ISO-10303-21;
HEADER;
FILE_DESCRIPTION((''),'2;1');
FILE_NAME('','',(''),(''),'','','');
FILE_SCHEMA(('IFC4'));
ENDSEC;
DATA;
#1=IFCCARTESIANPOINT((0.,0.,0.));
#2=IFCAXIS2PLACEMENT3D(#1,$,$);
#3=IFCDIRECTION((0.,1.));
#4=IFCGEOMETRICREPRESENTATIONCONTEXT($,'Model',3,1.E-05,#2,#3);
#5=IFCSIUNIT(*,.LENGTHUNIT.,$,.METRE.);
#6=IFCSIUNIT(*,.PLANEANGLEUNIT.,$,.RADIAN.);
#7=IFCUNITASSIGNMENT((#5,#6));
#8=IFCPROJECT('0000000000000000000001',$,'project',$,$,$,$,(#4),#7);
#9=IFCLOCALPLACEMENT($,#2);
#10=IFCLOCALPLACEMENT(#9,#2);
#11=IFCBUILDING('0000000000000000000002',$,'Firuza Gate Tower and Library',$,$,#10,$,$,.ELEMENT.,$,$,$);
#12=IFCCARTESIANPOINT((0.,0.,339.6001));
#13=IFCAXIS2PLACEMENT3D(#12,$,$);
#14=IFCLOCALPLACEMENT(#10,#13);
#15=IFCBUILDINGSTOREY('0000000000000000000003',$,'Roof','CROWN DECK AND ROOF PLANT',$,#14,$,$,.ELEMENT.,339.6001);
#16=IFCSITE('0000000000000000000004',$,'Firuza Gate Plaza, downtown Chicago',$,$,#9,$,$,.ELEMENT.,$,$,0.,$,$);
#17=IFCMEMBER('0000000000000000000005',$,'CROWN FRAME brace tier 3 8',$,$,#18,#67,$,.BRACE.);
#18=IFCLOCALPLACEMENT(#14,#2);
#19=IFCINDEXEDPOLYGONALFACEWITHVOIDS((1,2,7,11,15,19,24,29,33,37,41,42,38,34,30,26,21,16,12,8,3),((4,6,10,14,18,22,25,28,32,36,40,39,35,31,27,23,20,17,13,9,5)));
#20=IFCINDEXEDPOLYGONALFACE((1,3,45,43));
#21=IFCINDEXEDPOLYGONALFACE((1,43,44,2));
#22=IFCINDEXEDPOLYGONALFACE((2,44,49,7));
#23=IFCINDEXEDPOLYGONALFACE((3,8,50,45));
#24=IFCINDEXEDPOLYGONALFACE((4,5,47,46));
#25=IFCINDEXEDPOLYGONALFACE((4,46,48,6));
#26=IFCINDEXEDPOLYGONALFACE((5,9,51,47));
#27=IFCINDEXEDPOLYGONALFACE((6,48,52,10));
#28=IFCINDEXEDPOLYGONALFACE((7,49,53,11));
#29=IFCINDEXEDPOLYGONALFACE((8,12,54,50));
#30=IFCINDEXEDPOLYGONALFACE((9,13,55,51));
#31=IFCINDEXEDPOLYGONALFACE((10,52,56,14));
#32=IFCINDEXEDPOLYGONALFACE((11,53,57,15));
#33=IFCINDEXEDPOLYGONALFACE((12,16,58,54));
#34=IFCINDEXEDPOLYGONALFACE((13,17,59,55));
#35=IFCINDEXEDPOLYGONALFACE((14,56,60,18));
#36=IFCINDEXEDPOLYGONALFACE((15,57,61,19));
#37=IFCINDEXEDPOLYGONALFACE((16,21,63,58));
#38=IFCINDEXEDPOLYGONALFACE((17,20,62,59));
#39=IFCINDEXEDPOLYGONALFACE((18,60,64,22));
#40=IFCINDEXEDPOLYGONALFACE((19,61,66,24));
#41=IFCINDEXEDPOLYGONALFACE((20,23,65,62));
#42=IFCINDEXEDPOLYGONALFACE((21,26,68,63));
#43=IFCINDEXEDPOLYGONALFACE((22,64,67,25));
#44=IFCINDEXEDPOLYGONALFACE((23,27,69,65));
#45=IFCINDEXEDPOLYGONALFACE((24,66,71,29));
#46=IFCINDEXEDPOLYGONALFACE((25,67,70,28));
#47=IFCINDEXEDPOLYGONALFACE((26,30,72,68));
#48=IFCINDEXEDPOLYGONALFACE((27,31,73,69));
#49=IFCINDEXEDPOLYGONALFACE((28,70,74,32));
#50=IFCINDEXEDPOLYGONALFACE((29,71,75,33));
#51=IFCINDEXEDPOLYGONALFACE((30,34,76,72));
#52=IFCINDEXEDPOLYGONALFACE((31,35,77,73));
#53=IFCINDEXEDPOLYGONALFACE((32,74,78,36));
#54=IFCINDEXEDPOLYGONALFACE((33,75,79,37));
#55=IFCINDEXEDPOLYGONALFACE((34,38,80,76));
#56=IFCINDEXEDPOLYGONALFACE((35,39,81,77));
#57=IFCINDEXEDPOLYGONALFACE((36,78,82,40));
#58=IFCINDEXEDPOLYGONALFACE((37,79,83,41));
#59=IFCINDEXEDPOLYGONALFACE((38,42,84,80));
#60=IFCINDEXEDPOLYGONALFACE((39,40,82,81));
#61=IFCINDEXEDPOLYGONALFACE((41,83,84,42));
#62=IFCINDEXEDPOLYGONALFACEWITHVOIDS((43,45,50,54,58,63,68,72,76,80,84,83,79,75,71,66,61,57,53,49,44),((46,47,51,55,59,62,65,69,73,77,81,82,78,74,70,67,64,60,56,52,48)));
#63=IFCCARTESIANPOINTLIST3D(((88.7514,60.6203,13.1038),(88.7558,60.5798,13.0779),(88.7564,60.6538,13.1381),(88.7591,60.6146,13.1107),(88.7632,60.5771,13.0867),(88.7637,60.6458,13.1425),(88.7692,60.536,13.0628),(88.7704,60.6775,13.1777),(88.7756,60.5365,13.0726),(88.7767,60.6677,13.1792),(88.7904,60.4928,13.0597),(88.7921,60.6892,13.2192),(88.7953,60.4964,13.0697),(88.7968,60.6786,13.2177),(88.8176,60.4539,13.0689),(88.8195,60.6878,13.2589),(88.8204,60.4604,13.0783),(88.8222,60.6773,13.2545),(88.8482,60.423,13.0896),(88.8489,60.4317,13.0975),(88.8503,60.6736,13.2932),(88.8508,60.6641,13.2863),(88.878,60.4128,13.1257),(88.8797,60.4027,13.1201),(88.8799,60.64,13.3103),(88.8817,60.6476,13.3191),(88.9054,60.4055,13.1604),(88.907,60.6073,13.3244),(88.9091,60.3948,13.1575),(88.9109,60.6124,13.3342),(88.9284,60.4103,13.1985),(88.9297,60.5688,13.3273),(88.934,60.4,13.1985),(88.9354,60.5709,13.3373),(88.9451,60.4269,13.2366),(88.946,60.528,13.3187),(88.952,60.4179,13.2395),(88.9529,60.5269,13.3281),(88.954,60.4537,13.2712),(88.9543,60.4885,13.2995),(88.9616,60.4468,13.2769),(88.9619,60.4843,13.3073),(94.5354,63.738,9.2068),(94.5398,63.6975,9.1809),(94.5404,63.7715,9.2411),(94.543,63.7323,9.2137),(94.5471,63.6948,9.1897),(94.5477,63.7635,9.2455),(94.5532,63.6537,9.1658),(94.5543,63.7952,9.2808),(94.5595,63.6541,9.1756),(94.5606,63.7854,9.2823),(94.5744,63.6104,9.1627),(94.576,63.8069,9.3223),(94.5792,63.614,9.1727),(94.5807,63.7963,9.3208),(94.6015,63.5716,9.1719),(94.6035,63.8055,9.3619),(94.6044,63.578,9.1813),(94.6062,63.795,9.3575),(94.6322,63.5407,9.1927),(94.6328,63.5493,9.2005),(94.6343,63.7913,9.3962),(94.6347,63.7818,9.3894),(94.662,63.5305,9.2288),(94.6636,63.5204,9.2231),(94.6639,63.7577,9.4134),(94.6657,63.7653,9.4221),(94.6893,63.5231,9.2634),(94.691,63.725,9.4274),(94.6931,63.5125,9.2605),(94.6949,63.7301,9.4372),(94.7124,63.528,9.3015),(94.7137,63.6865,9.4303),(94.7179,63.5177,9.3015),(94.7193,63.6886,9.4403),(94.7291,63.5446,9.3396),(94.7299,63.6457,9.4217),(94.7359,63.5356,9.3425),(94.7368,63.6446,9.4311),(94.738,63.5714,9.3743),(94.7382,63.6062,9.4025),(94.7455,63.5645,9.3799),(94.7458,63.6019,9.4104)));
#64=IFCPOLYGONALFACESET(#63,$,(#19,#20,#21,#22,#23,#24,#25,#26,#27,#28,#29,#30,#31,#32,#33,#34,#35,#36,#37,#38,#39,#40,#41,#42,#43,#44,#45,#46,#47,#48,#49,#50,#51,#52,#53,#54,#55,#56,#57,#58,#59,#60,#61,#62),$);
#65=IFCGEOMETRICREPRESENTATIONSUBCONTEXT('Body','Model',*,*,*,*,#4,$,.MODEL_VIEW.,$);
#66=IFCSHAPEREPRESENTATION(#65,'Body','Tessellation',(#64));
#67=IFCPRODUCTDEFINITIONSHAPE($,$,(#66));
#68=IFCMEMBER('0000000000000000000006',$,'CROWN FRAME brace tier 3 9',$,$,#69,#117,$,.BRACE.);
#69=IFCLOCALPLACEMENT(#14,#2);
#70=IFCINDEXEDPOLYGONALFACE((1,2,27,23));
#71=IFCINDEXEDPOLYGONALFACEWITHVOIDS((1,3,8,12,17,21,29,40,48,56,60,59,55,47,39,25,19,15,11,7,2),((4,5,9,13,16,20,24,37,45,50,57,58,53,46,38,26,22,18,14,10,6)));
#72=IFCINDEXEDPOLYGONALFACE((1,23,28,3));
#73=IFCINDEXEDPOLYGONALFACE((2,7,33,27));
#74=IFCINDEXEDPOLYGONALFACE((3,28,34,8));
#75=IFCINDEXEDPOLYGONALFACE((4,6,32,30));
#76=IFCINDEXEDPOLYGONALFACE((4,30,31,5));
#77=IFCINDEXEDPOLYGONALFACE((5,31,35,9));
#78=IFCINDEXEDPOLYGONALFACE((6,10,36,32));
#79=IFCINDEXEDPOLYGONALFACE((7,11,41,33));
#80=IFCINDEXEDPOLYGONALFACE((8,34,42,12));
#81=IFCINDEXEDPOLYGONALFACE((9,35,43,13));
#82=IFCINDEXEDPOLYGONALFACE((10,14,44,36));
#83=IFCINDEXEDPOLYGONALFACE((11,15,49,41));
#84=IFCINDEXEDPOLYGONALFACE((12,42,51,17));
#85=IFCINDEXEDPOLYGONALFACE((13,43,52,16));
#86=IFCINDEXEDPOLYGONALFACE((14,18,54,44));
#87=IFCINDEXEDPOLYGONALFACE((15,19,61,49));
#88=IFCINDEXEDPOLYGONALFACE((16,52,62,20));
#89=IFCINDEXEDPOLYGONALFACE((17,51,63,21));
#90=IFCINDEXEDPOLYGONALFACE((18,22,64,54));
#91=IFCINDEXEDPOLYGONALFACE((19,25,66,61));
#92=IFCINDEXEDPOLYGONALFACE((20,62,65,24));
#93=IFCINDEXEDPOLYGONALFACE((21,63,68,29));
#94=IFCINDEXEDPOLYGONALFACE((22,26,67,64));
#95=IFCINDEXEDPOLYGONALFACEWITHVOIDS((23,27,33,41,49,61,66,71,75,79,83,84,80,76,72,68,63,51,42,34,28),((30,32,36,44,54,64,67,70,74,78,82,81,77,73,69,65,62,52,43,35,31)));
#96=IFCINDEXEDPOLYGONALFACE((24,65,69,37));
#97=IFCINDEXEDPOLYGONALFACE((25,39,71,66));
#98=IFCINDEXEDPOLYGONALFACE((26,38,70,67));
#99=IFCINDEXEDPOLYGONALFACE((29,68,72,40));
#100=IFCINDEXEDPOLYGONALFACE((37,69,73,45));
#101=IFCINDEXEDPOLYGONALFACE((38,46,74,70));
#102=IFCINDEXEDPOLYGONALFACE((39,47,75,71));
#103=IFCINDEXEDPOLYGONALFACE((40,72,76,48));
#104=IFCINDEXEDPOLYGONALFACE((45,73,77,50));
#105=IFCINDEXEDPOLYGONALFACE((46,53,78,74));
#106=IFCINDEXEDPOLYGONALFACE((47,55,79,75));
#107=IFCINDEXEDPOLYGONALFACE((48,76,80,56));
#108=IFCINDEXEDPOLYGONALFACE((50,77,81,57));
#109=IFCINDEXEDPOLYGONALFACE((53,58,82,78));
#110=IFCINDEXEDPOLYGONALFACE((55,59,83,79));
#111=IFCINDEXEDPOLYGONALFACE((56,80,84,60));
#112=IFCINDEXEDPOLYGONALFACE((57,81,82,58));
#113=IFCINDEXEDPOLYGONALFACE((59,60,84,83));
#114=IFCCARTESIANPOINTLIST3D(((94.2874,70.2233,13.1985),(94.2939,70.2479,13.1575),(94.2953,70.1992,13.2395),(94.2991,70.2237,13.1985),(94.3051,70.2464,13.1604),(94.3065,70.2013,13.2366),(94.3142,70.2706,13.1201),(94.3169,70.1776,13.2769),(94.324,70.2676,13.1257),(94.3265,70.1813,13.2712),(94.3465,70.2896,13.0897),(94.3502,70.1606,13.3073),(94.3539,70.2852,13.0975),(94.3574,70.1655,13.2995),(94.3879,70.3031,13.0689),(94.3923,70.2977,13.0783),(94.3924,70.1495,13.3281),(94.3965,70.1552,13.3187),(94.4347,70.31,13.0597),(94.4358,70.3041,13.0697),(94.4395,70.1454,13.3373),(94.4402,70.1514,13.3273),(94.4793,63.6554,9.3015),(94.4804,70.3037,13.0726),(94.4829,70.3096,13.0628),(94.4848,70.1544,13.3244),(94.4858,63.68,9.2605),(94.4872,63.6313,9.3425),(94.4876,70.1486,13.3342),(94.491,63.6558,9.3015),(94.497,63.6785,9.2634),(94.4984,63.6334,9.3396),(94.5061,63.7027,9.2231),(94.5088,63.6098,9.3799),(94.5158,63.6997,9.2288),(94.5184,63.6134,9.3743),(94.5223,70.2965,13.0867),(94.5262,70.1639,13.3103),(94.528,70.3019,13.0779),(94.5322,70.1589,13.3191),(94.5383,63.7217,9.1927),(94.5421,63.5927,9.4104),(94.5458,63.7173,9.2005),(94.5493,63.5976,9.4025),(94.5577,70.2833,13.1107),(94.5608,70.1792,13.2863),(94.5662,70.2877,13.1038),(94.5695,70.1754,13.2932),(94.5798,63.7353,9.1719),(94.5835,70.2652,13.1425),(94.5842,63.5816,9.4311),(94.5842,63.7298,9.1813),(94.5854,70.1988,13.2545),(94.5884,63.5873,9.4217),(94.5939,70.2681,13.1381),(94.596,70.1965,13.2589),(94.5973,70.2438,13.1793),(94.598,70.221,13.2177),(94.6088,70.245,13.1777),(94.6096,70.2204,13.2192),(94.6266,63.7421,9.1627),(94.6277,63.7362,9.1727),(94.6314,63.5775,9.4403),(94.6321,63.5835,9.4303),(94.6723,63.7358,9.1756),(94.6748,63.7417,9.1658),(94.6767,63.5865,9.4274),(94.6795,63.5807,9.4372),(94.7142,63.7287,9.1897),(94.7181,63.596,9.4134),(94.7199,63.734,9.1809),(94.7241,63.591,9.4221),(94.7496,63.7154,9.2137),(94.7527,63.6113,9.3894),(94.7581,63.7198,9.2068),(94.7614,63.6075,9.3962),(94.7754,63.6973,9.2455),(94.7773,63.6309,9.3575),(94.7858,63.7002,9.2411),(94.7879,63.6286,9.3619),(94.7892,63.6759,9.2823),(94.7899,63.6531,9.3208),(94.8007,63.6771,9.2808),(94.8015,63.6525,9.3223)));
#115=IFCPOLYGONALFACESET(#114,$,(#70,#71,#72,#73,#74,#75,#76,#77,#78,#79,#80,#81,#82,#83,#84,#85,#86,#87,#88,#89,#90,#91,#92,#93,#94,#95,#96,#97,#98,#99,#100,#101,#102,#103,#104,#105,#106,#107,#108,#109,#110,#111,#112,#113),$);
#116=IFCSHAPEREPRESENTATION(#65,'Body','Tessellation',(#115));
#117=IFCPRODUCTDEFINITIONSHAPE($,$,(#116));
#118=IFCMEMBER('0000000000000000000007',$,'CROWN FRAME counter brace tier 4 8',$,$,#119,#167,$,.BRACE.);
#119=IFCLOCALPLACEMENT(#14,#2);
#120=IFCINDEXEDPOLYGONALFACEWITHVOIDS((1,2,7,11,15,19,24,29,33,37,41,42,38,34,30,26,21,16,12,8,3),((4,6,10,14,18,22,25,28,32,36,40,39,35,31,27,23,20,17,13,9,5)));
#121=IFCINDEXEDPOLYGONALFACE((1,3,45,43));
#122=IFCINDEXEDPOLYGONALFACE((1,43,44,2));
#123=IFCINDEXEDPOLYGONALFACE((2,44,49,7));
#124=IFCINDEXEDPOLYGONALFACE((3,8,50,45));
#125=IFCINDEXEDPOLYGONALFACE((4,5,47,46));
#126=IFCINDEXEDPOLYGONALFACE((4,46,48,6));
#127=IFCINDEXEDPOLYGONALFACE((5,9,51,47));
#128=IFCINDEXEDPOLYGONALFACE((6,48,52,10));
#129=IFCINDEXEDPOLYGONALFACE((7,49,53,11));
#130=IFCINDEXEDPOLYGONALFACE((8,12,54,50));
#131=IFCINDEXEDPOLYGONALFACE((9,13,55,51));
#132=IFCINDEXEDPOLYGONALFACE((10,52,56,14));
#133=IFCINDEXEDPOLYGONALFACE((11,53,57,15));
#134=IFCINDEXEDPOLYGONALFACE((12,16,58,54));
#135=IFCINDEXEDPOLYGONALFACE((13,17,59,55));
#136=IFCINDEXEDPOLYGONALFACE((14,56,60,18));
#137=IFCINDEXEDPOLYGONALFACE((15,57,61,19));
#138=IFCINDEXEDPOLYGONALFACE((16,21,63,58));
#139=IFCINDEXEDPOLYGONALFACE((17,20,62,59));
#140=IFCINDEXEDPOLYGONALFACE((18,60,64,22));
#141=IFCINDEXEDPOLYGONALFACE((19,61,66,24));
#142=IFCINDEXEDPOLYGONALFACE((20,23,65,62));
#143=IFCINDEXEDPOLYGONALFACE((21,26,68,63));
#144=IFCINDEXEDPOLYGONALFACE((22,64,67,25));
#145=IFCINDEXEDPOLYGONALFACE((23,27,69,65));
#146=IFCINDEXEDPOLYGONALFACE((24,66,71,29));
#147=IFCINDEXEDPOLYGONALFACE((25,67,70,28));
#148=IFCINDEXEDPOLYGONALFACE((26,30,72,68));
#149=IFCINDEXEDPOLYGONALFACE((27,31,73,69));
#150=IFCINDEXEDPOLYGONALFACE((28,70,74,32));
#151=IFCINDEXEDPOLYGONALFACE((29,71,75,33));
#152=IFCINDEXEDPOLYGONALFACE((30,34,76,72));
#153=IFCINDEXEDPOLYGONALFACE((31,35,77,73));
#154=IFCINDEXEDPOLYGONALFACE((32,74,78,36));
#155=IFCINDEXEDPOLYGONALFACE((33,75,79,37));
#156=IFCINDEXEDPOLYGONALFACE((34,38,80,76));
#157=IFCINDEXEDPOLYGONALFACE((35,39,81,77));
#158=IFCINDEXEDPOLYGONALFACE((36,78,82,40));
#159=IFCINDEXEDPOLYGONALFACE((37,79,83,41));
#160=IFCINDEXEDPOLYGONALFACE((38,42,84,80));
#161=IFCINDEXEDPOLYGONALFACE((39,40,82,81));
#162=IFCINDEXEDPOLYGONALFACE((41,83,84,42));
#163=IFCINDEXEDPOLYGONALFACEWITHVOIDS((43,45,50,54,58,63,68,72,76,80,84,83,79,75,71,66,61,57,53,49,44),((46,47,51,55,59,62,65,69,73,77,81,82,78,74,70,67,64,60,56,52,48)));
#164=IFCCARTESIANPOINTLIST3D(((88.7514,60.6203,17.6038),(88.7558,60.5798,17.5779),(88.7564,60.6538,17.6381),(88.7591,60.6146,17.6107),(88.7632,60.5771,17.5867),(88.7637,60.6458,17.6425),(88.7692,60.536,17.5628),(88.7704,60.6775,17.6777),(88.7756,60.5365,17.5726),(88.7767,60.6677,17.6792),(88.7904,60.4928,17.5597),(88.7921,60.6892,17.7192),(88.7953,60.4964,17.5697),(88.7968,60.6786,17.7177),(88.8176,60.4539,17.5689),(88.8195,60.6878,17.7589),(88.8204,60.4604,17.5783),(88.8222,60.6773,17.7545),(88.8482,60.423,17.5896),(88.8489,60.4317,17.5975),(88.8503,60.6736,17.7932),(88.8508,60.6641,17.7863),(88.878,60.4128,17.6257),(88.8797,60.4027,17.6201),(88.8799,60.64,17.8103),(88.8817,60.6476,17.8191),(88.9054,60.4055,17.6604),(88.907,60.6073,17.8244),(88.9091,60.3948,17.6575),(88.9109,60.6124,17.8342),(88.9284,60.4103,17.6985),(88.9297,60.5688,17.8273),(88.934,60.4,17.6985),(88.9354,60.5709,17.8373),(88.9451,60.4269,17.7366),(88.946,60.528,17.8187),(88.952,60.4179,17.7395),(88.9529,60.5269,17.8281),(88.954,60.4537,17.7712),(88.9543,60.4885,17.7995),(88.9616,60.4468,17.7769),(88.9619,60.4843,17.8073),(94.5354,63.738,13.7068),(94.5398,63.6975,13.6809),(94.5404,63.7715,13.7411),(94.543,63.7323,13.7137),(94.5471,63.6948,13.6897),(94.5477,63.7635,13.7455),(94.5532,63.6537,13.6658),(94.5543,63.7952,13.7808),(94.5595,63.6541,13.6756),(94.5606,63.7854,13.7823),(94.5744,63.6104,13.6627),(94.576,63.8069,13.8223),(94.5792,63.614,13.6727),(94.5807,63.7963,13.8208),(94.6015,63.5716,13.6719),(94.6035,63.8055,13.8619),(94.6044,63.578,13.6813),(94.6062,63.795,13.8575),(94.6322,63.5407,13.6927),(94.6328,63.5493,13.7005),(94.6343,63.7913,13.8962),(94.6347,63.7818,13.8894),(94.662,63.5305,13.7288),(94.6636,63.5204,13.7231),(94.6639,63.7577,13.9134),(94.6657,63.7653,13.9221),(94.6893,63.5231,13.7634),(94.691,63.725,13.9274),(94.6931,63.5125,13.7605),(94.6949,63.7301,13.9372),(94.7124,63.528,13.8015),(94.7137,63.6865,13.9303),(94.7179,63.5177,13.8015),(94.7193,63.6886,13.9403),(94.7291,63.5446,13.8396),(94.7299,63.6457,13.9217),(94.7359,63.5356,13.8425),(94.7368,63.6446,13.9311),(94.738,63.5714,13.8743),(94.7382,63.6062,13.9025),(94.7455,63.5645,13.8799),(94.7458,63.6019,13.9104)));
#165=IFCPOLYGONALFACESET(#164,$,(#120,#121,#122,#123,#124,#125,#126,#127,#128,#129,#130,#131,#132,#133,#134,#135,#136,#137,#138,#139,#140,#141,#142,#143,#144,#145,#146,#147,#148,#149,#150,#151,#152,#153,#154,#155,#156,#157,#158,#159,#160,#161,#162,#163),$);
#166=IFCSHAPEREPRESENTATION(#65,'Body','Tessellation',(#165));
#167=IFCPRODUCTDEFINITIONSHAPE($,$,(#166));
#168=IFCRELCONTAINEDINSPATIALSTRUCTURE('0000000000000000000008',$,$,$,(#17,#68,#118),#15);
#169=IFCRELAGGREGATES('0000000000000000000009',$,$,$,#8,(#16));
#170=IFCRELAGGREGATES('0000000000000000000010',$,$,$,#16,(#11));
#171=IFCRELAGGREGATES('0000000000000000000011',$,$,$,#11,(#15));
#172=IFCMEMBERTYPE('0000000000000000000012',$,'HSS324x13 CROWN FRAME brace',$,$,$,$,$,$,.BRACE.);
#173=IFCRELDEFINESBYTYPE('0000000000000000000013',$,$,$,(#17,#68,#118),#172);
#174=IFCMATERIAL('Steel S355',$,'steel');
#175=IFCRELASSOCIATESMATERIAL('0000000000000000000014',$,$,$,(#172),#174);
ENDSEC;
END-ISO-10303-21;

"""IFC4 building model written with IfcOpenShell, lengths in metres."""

from ifc_helpers import new_model, si_unit, direction, frame, origin, origin_2d, place, context, subcontext, project, spatial, hollow_circle, extrude, material, material_profile, profile_set, type_object, element, save


model = new_model("IFC4")

# Units and contexts
model_context = context("Model", 3, precision=1e-05, world=origin(), true_north=direction((0.0, 1.0)))
body_context = subcontext(model_context, "Body", "Model", "MODEL_VIEW")
ifc_project = project(units=[si_unit("LENGTHUNIT", "METRE"), si_unit("PLANEANGLEUNIT", "RADIAN")], contexts=[model_context])

# Site, building, storey
site_placement = place(None, origin())
site = spatial("IfcSite", under=ifc_project, at=site_placement, Name="Firuza Gate Plaza, downtown Chicago", CompositionType="ELEMENT", RefElevation=0.0)
building_placement = place(site_placement, origin())
building = spatial("IfcBuilding", under=site, at=building_placement, Name="Firuza Gate Tower and Library", CompositionType="ELEMENT")
storey_placement = place(building_placement, frame((0.0, 0.0, 339.6001)))
storey = spatial("IfcBuildingStorey", under=building, at=storey_placement, Name="Roof", Description="CROWN DECK AND ROOF PLANT", CompositionType="ELEMENT", Elevation=339.6001)

# Members
ifc_material_1 = material(Name="Steel S355", Category="steel")
ifc_material_profile_1 = material_profile(ifc_material_1, hollow_circle(Radius=0.1619, WallThickness=0.0117, at=origin_2d()))
ifc_profile_set_1 = profile_set([ifc_material_profile_1], Name="Steel S355")
member_type_1 = type_object("IfcMemberType", Name="HSS324x13 CROWN FRAME brace", PredefinedType="BRACE", material=ifc_profile_set_1)
for number, where, z_axis, x_axis, name in (
    (1, (94.6411, 63.6602, 9.3015), (-0.757121, -0.408106, 0.510116), (0.474483, -0.880265, 0.0), "CROWN FRAME brace tier 3 8"),
    (2, (94.6411, 63.6602, 9.3015), (-0.025119, 0.859739, 0.510116), (-0.999573, -0.029205, 0.0), "CROWN FRAME brace tier 3 9"),
    (3, (94.6411, 63.6602, 13.8015), (-0.757121, -0.408106, 0.510116), (0.474483, -0.880265, 0.0), "CROWN FRAME counter brace tier 4 8"),
):
    element("IfcMember", number, at=place(storey_placement, frame(where, z_axis=z_axis, x_axis=x_axis)), inside=storey, type_object=member_type_1, Name=name, PredefinedType="BRACE", context=body_context, shape_type="SweptSolid", body=[
        extrude(hollow_circle(Radius=0.1619, WallThickness=0.0117, at=origin_2d()), origin(), (0.0, 0.0, 1.0), 7.6394),
    ])

save(model, "model.ifc")
